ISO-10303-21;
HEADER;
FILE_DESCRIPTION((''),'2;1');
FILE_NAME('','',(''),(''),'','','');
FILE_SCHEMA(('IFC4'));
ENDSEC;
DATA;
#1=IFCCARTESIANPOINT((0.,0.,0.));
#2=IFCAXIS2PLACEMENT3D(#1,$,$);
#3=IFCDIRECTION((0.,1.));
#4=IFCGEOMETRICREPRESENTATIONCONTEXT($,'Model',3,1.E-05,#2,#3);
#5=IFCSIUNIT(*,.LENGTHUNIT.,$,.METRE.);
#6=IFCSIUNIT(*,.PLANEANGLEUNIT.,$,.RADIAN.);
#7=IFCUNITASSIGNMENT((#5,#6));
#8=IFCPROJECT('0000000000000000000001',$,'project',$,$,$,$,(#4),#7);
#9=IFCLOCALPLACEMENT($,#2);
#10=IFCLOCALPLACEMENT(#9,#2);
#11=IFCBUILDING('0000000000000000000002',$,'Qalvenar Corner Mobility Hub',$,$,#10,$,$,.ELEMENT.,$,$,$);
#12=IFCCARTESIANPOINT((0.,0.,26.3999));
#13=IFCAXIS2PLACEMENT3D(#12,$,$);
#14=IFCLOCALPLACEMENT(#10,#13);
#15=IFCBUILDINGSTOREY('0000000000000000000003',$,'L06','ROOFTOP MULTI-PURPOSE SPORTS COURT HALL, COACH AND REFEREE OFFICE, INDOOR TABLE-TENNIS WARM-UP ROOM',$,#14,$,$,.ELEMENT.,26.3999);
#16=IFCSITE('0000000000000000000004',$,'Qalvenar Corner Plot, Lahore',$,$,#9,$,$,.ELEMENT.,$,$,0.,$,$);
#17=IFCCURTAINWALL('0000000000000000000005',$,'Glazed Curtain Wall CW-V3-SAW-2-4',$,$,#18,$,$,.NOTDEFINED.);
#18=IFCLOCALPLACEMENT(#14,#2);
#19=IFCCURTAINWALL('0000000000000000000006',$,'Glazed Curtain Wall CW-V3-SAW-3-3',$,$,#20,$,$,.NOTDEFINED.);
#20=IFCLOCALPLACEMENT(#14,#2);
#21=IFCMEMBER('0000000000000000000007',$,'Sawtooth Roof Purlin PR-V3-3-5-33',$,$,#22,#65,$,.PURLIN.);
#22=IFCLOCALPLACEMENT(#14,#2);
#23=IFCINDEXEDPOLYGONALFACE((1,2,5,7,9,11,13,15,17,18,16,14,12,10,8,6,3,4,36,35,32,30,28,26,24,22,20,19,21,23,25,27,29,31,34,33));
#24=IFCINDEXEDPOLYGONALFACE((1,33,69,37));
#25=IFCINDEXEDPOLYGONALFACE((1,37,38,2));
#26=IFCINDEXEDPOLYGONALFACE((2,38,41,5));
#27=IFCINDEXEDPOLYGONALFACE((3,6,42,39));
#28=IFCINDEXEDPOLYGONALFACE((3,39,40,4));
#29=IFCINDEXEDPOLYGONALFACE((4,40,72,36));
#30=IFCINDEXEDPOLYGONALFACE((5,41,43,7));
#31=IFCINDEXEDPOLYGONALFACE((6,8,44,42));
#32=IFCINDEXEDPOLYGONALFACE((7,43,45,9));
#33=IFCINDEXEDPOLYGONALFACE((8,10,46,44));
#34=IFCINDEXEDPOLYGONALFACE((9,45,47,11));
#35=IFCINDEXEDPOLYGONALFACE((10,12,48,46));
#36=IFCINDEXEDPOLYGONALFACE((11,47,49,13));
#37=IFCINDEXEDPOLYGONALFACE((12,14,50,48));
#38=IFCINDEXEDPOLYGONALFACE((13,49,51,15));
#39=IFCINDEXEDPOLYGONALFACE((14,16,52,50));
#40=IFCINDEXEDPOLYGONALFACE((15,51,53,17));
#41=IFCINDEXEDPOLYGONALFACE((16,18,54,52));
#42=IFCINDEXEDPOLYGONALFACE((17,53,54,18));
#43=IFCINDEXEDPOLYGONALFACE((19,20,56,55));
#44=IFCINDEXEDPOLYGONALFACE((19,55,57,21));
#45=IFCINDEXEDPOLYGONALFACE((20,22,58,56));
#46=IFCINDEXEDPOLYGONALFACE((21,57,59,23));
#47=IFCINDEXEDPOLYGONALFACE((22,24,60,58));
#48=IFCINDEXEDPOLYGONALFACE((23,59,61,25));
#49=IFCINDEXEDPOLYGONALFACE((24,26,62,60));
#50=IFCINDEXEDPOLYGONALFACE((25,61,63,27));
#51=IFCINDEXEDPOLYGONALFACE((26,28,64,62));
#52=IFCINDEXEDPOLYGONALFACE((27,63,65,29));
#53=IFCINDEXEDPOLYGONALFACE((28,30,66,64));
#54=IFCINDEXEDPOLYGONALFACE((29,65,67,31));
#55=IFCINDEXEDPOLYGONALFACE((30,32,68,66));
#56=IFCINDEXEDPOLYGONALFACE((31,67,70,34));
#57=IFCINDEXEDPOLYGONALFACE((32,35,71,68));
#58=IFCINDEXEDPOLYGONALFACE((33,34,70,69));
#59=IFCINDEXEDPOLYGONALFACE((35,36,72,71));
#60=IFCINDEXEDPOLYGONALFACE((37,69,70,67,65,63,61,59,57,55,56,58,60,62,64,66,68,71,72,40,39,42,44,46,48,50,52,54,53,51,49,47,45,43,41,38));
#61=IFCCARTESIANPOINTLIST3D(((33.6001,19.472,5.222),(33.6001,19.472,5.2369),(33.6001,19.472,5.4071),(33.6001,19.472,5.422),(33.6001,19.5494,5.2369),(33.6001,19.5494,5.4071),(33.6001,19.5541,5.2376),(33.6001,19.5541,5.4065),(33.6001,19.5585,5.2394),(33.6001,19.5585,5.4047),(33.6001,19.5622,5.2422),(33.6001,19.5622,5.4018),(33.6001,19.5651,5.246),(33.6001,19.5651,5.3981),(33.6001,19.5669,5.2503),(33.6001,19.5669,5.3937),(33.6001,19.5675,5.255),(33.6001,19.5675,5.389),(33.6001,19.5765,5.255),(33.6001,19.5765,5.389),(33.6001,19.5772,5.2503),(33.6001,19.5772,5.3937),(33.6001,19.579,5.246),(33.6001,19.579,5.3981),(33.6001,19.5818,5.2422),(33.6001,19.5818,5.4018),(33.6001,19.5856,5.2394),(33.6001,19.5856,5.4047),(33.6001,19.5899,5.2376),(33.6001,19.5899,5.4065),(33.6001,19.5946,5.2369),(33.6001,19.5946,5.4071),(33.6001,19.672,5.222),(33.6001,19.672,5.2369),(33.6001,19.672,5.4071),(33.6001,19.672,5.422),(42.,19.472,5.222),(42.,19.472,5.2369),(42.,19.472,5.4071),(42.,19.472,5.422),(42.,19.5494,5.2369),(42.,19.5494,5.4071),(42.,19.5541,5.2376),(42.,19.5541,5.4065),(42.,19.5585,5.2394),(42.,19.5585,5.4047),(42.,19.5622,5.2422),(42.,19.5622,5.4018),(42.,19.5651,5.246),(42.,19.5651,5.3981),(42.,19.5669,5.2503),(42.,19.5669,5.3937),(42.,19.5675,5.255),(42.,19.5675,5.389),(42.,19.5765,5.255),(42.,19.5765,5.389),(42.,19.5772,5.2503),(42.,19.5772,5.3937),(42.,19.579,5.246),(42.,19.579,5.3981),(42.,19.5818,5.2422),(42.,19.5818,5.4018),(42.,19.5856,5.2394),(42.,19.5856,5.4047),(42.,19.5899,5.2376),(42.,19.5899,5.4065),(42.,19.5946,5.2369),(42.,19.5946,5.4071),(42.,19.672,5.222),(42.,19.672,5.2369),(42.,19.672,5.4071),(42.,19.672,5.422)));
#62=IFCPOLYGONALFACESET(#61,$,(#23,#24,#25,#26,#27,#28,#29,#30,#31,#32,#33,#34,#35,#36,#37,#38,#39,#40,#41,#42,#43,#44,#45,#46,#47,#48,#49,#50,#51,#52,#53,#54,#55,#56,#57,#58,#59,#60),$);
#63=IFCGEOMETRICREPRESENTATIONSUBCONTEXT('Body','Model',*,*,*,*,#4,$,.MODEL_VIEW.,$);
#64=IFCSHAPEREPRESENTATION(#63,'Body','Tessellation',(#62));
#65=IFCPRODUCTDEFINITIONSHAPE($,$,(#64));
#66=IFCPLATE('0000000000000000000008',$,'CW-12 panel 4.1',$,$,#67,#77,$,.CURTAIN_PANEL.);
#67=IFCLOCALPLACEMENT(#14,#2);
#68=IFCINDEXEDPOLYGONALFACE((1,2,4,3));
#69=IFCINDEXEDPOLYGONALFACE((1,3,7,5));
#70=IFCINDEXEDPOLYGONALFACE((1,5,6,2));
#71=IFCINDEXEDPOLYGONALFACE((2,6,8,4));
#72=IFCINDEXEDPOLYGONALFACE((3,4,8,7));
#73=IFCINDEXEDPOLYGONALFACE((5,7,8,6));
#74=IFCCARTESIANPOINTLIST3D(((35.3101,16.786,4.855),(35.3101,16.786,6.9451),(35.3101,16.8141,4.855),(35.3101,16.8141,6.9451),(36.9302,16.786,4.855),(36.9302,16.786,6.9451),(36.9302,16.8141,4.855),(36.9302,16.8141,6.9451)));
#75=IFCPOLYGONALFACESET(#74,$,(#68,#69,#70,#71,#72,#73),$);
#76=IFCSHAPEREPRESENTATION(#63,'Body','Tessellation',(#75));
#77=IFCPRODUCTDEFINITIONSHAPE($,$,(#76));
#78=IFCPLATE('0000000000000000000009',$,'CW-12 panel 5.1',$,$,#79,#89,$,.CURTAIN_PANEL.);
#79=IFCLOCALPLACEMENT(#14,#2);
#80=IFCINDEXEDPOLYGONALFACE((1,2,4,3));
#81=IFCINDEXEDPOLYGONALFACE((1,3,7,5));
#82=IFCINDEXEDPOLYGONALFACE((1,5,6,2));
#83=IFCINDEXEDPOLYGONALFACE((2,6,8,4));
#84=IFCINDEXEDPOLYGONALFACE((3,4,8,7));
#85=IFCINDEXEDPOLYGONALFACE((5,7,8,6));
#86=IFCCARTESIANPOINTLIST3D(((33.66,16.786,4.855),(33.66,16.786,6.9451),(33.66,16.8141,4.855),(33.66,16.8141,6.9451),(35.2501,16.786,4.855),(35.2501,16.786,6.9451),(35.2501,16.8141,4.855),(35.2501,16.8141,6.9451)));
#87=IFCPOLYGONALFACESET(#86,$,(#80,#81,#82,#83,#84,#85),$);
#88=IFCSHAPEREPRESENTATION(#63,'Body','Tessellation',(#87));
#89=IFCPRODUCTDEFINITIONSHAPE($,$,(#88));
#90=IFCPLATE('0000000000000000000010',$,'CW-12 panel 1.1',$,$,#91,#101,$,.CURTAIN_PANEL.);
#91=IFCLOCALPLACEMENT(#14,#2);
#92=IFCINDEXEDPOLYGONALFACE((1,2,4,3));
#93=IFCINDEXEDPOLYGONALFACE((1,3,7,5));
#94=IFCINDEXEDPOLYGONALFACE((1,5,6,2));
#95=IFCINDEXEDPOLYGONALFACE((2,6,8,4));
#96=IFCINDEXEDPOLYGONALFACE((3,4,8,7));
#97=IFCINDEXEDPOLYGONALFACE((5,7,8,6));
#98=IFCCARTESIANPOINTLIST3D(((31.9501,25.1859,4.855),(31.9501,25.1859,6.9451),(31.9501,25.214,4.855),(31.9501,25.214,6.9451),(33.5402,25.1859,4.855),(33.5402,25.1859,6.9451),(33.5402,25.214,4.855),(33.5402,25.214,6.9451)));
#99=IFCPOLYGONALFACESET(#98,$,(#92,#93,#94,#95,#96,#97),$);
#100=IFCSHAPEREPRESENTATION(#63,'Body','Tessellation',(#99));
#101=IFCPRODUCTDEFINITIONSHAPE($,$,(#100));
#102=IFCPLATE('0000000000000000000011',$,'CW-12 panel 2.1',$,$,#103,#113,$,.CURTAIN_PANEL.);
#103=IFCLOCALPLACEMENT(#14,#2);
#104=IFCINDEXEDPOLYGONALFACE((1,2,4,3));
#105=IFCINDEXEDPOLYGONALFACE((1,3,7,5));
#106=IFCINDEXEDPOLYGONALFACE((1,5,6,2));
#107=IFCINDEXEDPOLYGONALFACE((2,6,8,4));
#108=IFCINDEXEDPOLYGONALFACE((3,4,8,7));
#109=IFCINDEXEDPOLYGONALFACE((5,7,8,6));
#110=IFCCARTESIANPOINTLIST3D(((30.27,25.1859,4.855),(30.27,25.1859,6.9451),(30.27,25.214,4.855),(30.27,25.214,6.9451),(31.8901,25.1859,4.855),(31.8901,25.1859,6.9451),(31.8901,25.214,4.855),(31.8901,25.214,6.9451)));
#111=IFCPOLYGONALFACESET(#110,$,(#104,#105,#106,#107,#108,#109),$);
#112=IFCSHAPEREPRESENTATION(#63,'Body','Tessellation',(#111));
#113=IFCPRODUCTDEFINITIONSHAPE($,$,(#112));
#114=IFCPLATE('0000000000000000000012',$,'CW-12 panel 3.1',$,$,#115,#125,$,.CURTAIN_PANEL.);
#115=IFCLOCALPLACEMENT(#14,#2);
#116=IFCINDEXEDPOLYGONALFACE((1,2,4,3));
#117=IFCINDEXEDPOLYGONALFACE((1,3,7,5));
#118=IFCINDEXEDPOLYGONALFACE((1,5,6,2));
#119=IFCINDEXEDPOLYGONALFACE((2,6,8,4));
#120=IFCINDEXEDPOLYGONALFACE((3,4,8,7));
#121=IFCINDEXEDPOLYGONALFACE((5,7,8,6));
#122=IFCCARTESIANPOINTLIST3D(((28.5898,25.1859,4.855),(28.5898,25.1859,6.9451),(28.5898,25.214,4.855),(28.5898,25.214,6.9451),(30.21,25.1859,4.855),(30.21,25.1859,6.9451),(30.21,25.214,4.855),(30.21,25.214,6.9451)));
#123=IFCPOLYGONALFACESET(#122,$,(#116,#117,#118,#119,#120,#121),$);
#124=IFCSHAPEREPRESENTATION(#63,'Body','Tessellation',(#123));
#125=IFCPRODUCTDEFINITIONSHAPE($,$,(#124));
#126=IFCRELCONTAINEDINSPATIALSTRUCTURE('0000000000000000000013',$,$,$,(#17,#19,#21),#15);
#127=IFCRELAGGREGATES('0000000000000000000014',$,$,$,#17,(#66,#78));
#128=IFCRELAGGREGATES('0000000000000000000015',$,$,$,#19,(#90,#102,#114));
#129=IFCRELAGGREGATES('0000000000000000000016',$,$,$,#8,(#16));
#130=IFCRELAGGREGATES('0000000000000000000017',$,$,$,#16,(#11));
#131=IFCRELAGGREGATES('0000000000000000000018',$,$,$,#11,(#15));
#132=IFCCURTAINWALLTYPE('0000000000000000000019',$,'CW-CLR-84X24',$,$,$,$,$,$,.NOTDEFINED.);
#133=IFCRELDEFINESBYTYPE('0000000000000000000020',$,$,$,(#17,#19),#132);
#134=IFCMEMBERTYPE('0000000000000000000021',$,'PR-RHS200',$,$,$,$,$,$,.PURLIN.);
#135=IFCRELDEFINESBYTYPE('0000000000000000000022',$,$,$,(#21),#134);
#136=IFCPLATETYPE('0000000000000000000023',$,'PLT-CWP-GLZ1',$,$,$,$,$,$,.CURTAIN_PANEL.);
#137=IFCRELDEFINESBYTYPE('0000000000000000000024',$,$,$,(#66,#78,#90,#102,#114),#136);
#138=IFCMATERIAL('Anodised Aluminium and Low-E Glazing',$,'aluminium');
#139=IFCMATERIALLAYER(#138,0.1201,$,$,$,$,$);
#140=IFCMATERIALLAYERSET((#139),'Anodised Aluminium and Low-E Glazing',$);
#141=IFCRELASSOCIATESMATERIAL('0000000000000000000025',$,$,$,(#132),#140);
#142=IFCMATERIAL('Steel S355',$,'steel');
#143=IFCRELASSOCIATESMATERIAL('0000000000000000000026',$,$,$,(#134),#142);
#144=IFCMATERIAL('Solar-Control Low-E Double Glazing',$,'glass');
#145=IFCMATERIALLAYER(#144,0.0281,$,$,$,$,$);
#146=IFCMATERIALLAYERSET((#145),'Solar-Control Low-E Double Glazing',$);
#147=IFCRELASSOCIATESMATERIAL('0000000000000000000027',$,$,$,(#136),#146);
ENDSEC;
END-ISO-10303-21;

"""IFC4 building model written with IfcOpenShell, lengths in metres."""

from ifc_helpers import new_model, si_unit, direction, frame, origin, origin_2d, place, context, subcontext, project, spatial, rectangle, i_section, extrude, material, layer, layer_set, material_profile, profile_set, type_object, element, aggregate, save


model = new_model("IFC4")

# Units and contexts
model_context = context("Model", 3, precision=1e-05, world=origin(), true_north=direction((0.0, 1.0)))
body_context = subcontext(model_context, "Body", "Model", "MODEL_VIEW")
ifc_project = project(units=[si_unit("LENGTHUNIT", "METRE"), si_unit("PLANEANGLEUNIT", "RADIAN")], contexts=[model_context])

# Site, building, storey
site_placement = place(None, origin())
site = spatial("IfcSite", under=ifc_project, at=site_placement, Name="Qalvenar Corner Plot, Lahore", CompositionType="ELEMENT", RefElevation=0.0)
building_placement = place(site_placement, origin())
building = spatial("IfcBuilding", under=site, at=building_placement, Name="Qalvenar Corner Mobility Hub", CompositionType="ELEMENT")
storey_placement = place(building_placement, frame((0.0, 0.0, 26.3999)))
storey = spatial("IfcBuildingStorey", under=building, at=storey_placement, Name="L06", Description="ROOFTOP MULTI-PURPOSE SPORTS COURT HALL, COACH AND REFEREE OFFICE, INDOOR TABLE-TENNIS WARM-UP ROOM", CompositionType="ELEMENT", Elevation=26.3999)

# Shared definitions
ifc_material_1 = material(Name="Steel S355", Category="steel")

# Curtain walls
ifc_material_2 = material(Name="Anodised Aluminium and Low-E Glazing", Category="aluminium")
ifc_layer_1 = layer(ifc_material_2, 0.1201)
ifc_layer_set_1 = layer_set([ifc_layer_1], Name="Anodised Aluminium and Low-E Glazing")
curtain_wall_type = type_object("IfcCurtainWallType", Name="CW-CLR-84X24", PredefinedType="NOTDEFINED", material=ifc_layer_set_1)
curtain_wall_1_placement = place(storey_placement, origin())
curtain_wall_1 = element("IfcCurtainWall", 1, at=curtain_wall_1_placement, inside=storey, type_object=curtain_wall_type, Name="Glazed Curtain Wall CW-V3-SAW-2-4", PredefinedType="NOTDEFINED")
curtain_wall_2_placement = place(storey_placement, origin())
curtain_wall_2 = element("IfcCurtainWall", 2, at=curtain_wall_2_placement, inside=storey, type_object=curtain_wall_type, Name="Glazed Curtain Wall CW-V3-SAW-3-3", PredefinedType="NOTDEFINED")

# Member
ifc_material_profile_1 = material_profile(ifc_material_1, i_section(OverallWidth=0.2, OverallDepth=0.2, WebThickness=0.009, FlangeThickness=0.0149, FilletRadius=0.0181, at=origin_2d()), Name="HEB200")
ifc_profile_set_1 = profile_set([ifc_material_profile_1], Name="Steel S355")
member_type_1 = type_object("IfcMemberType", Name="PR-RHS200", PredefinedType="PURLIN", material=ifc_profile_set_1)
member_1_placement = place(storey_placement, frame((33.6001, 19.572, 5.322), z_axis=(1.0, 0.0, 0.0), x_axis=(0.0, 1.0, 0.0)))
element("IfcMember", 3, at=member_1_placement, inside=storey, type_object=member_type_1, Name="Sawtooth Roof Purlin PR-V3-3-5-33", PredefinedType="PURLIN", context=body_context, shape_type="SweptSolid", body=[
    extrude(i_section(OverallWidth=0.2, OverallDepth=0.2, WebThickness=0.009, FlangeThickness=0.0149, FilletRadius=0.0181, at=origin_2d()), origin(), (0.0, 0.0, 1.0), 8.3999),
])

# Plates
ifc_material_3 = material(Name="Solar-Control Low-E Double Glazing", Category="glass")
ifc_layer_2 = layer(ifc_material_3, 0.0281)
ifc_layer_set_2 = layer_set([ifc_layer_2], Name="Solar-Control Low-E Double Glazing")
plate_type = type_object("IfcPlateType", Name="PLT-CWP-GLZ1", PredefinedType="CURTAIN_PANEL", material=ifc_layer_set_2)
plate_1_placement = place(storey_placement, frame((36.1201, 16.8, 4.855), z_axis=(0.0, 0.0, 1.0), x_axis=(-1.0, 0.0, 0.0)))
plate_1 = element("IfcPlate", 4, at=plate_1_placement, type_object=plate_type, Name="CW-12 panel 4.1", PredefinedType="CURTAIN_PANEL", context=body_context, shape_type="SweptSolid", body=[
    extrude(rectangle(XDim=1.6201, YDim=0.0281, at=origin_2d()), origin(), (0.0, 0.0, 1.0), 2.0901),
])
plate_2_placement = place(storey_placement, frame((34.4551, 16.8, 4.855), z_axis=(0.0, 0.0, 1.0), x_axis=(-1.0, 0.0, 0.0)))
plate_2 = element("IfcPlate", 5, at=plate_2_placement, type_object=plate_type, Name="CW-12 panel 5.1", PredefinedType="CURTAIN_PANEL", context=body_context, shape_type="SweptSolid", body=[
    extrude(rectangle(XDim=1.5901, YDim=0.0281, at=origin_2d()), origin(), (0.0, 0.0, 1.0), 2.0901),
])
aggregate(curtain_wall_1, [plate_1, plate_2])
plate_3_placement = place(storey_placement, frame((32.7451, 25.2, 4.855), z_axis=(0.0, 0.0, 1.0), x_axis=(-1.0, 0.0, 0.0)))
plate_3 = element("IfcPlate", 6, at=plate_3_placement, type_object=plate_type, Name="CW-12 panel 1.1", PredefinedType="CURTAIN_PANEL", context=body_context, shape_type="SweptSolid", body=[
    extrude(rectangle(XDim=1.5901, YDim=0.0281, at=origin_2d()), origin(), (0.0, 0.0, 1.0), 2.0901),
])
plate_4_placement = place(storey_placement, frame((31.0801, 25.2, 4.855), z_axis=(0.0, 0.0, 1.0), x_axis=(-1.0, 0.0, 0.0)))
plate_4 = element("IfcPlate", 7, at=plate_4_placement, type_object=plate_type, Name="CW-12 panel 2.1", PredefinedType="CURTAIN_PANEL", context=body_context, shape_type="SweptSolid", body=[
    extrude(rectangle(XDim=1.6201, YDim=0.0281, at=origin_2d()), origin(), (0.0, 0.0, 1.0), 2.0901),
])
plate_5_placement = place(storey_placement, frame((29.3999, 25.2, 4.855), z_axis=(0.0, 0.0, 1.0), x_axis=(-1.0, 0.0, 0.0)))
plate_5 = element("IfcPlate", 8, at=plate_5_placement, type_object=plate_type, Name="CW-12 panel 3.1", PredefinedType="CURTAIN_PANEL", context=body_context, shape_type="SweptSolid", body=[
    extrude(rectangle(XDim=1.6201, YDim=0.0281, at=origin_2d()), origin(), (0.0, 0.0, 1.0), 2.0901),
])
aggregate(curtain_wall_2, [plate_3, plate_4, plate_5])

save(model, "model.ifc")
